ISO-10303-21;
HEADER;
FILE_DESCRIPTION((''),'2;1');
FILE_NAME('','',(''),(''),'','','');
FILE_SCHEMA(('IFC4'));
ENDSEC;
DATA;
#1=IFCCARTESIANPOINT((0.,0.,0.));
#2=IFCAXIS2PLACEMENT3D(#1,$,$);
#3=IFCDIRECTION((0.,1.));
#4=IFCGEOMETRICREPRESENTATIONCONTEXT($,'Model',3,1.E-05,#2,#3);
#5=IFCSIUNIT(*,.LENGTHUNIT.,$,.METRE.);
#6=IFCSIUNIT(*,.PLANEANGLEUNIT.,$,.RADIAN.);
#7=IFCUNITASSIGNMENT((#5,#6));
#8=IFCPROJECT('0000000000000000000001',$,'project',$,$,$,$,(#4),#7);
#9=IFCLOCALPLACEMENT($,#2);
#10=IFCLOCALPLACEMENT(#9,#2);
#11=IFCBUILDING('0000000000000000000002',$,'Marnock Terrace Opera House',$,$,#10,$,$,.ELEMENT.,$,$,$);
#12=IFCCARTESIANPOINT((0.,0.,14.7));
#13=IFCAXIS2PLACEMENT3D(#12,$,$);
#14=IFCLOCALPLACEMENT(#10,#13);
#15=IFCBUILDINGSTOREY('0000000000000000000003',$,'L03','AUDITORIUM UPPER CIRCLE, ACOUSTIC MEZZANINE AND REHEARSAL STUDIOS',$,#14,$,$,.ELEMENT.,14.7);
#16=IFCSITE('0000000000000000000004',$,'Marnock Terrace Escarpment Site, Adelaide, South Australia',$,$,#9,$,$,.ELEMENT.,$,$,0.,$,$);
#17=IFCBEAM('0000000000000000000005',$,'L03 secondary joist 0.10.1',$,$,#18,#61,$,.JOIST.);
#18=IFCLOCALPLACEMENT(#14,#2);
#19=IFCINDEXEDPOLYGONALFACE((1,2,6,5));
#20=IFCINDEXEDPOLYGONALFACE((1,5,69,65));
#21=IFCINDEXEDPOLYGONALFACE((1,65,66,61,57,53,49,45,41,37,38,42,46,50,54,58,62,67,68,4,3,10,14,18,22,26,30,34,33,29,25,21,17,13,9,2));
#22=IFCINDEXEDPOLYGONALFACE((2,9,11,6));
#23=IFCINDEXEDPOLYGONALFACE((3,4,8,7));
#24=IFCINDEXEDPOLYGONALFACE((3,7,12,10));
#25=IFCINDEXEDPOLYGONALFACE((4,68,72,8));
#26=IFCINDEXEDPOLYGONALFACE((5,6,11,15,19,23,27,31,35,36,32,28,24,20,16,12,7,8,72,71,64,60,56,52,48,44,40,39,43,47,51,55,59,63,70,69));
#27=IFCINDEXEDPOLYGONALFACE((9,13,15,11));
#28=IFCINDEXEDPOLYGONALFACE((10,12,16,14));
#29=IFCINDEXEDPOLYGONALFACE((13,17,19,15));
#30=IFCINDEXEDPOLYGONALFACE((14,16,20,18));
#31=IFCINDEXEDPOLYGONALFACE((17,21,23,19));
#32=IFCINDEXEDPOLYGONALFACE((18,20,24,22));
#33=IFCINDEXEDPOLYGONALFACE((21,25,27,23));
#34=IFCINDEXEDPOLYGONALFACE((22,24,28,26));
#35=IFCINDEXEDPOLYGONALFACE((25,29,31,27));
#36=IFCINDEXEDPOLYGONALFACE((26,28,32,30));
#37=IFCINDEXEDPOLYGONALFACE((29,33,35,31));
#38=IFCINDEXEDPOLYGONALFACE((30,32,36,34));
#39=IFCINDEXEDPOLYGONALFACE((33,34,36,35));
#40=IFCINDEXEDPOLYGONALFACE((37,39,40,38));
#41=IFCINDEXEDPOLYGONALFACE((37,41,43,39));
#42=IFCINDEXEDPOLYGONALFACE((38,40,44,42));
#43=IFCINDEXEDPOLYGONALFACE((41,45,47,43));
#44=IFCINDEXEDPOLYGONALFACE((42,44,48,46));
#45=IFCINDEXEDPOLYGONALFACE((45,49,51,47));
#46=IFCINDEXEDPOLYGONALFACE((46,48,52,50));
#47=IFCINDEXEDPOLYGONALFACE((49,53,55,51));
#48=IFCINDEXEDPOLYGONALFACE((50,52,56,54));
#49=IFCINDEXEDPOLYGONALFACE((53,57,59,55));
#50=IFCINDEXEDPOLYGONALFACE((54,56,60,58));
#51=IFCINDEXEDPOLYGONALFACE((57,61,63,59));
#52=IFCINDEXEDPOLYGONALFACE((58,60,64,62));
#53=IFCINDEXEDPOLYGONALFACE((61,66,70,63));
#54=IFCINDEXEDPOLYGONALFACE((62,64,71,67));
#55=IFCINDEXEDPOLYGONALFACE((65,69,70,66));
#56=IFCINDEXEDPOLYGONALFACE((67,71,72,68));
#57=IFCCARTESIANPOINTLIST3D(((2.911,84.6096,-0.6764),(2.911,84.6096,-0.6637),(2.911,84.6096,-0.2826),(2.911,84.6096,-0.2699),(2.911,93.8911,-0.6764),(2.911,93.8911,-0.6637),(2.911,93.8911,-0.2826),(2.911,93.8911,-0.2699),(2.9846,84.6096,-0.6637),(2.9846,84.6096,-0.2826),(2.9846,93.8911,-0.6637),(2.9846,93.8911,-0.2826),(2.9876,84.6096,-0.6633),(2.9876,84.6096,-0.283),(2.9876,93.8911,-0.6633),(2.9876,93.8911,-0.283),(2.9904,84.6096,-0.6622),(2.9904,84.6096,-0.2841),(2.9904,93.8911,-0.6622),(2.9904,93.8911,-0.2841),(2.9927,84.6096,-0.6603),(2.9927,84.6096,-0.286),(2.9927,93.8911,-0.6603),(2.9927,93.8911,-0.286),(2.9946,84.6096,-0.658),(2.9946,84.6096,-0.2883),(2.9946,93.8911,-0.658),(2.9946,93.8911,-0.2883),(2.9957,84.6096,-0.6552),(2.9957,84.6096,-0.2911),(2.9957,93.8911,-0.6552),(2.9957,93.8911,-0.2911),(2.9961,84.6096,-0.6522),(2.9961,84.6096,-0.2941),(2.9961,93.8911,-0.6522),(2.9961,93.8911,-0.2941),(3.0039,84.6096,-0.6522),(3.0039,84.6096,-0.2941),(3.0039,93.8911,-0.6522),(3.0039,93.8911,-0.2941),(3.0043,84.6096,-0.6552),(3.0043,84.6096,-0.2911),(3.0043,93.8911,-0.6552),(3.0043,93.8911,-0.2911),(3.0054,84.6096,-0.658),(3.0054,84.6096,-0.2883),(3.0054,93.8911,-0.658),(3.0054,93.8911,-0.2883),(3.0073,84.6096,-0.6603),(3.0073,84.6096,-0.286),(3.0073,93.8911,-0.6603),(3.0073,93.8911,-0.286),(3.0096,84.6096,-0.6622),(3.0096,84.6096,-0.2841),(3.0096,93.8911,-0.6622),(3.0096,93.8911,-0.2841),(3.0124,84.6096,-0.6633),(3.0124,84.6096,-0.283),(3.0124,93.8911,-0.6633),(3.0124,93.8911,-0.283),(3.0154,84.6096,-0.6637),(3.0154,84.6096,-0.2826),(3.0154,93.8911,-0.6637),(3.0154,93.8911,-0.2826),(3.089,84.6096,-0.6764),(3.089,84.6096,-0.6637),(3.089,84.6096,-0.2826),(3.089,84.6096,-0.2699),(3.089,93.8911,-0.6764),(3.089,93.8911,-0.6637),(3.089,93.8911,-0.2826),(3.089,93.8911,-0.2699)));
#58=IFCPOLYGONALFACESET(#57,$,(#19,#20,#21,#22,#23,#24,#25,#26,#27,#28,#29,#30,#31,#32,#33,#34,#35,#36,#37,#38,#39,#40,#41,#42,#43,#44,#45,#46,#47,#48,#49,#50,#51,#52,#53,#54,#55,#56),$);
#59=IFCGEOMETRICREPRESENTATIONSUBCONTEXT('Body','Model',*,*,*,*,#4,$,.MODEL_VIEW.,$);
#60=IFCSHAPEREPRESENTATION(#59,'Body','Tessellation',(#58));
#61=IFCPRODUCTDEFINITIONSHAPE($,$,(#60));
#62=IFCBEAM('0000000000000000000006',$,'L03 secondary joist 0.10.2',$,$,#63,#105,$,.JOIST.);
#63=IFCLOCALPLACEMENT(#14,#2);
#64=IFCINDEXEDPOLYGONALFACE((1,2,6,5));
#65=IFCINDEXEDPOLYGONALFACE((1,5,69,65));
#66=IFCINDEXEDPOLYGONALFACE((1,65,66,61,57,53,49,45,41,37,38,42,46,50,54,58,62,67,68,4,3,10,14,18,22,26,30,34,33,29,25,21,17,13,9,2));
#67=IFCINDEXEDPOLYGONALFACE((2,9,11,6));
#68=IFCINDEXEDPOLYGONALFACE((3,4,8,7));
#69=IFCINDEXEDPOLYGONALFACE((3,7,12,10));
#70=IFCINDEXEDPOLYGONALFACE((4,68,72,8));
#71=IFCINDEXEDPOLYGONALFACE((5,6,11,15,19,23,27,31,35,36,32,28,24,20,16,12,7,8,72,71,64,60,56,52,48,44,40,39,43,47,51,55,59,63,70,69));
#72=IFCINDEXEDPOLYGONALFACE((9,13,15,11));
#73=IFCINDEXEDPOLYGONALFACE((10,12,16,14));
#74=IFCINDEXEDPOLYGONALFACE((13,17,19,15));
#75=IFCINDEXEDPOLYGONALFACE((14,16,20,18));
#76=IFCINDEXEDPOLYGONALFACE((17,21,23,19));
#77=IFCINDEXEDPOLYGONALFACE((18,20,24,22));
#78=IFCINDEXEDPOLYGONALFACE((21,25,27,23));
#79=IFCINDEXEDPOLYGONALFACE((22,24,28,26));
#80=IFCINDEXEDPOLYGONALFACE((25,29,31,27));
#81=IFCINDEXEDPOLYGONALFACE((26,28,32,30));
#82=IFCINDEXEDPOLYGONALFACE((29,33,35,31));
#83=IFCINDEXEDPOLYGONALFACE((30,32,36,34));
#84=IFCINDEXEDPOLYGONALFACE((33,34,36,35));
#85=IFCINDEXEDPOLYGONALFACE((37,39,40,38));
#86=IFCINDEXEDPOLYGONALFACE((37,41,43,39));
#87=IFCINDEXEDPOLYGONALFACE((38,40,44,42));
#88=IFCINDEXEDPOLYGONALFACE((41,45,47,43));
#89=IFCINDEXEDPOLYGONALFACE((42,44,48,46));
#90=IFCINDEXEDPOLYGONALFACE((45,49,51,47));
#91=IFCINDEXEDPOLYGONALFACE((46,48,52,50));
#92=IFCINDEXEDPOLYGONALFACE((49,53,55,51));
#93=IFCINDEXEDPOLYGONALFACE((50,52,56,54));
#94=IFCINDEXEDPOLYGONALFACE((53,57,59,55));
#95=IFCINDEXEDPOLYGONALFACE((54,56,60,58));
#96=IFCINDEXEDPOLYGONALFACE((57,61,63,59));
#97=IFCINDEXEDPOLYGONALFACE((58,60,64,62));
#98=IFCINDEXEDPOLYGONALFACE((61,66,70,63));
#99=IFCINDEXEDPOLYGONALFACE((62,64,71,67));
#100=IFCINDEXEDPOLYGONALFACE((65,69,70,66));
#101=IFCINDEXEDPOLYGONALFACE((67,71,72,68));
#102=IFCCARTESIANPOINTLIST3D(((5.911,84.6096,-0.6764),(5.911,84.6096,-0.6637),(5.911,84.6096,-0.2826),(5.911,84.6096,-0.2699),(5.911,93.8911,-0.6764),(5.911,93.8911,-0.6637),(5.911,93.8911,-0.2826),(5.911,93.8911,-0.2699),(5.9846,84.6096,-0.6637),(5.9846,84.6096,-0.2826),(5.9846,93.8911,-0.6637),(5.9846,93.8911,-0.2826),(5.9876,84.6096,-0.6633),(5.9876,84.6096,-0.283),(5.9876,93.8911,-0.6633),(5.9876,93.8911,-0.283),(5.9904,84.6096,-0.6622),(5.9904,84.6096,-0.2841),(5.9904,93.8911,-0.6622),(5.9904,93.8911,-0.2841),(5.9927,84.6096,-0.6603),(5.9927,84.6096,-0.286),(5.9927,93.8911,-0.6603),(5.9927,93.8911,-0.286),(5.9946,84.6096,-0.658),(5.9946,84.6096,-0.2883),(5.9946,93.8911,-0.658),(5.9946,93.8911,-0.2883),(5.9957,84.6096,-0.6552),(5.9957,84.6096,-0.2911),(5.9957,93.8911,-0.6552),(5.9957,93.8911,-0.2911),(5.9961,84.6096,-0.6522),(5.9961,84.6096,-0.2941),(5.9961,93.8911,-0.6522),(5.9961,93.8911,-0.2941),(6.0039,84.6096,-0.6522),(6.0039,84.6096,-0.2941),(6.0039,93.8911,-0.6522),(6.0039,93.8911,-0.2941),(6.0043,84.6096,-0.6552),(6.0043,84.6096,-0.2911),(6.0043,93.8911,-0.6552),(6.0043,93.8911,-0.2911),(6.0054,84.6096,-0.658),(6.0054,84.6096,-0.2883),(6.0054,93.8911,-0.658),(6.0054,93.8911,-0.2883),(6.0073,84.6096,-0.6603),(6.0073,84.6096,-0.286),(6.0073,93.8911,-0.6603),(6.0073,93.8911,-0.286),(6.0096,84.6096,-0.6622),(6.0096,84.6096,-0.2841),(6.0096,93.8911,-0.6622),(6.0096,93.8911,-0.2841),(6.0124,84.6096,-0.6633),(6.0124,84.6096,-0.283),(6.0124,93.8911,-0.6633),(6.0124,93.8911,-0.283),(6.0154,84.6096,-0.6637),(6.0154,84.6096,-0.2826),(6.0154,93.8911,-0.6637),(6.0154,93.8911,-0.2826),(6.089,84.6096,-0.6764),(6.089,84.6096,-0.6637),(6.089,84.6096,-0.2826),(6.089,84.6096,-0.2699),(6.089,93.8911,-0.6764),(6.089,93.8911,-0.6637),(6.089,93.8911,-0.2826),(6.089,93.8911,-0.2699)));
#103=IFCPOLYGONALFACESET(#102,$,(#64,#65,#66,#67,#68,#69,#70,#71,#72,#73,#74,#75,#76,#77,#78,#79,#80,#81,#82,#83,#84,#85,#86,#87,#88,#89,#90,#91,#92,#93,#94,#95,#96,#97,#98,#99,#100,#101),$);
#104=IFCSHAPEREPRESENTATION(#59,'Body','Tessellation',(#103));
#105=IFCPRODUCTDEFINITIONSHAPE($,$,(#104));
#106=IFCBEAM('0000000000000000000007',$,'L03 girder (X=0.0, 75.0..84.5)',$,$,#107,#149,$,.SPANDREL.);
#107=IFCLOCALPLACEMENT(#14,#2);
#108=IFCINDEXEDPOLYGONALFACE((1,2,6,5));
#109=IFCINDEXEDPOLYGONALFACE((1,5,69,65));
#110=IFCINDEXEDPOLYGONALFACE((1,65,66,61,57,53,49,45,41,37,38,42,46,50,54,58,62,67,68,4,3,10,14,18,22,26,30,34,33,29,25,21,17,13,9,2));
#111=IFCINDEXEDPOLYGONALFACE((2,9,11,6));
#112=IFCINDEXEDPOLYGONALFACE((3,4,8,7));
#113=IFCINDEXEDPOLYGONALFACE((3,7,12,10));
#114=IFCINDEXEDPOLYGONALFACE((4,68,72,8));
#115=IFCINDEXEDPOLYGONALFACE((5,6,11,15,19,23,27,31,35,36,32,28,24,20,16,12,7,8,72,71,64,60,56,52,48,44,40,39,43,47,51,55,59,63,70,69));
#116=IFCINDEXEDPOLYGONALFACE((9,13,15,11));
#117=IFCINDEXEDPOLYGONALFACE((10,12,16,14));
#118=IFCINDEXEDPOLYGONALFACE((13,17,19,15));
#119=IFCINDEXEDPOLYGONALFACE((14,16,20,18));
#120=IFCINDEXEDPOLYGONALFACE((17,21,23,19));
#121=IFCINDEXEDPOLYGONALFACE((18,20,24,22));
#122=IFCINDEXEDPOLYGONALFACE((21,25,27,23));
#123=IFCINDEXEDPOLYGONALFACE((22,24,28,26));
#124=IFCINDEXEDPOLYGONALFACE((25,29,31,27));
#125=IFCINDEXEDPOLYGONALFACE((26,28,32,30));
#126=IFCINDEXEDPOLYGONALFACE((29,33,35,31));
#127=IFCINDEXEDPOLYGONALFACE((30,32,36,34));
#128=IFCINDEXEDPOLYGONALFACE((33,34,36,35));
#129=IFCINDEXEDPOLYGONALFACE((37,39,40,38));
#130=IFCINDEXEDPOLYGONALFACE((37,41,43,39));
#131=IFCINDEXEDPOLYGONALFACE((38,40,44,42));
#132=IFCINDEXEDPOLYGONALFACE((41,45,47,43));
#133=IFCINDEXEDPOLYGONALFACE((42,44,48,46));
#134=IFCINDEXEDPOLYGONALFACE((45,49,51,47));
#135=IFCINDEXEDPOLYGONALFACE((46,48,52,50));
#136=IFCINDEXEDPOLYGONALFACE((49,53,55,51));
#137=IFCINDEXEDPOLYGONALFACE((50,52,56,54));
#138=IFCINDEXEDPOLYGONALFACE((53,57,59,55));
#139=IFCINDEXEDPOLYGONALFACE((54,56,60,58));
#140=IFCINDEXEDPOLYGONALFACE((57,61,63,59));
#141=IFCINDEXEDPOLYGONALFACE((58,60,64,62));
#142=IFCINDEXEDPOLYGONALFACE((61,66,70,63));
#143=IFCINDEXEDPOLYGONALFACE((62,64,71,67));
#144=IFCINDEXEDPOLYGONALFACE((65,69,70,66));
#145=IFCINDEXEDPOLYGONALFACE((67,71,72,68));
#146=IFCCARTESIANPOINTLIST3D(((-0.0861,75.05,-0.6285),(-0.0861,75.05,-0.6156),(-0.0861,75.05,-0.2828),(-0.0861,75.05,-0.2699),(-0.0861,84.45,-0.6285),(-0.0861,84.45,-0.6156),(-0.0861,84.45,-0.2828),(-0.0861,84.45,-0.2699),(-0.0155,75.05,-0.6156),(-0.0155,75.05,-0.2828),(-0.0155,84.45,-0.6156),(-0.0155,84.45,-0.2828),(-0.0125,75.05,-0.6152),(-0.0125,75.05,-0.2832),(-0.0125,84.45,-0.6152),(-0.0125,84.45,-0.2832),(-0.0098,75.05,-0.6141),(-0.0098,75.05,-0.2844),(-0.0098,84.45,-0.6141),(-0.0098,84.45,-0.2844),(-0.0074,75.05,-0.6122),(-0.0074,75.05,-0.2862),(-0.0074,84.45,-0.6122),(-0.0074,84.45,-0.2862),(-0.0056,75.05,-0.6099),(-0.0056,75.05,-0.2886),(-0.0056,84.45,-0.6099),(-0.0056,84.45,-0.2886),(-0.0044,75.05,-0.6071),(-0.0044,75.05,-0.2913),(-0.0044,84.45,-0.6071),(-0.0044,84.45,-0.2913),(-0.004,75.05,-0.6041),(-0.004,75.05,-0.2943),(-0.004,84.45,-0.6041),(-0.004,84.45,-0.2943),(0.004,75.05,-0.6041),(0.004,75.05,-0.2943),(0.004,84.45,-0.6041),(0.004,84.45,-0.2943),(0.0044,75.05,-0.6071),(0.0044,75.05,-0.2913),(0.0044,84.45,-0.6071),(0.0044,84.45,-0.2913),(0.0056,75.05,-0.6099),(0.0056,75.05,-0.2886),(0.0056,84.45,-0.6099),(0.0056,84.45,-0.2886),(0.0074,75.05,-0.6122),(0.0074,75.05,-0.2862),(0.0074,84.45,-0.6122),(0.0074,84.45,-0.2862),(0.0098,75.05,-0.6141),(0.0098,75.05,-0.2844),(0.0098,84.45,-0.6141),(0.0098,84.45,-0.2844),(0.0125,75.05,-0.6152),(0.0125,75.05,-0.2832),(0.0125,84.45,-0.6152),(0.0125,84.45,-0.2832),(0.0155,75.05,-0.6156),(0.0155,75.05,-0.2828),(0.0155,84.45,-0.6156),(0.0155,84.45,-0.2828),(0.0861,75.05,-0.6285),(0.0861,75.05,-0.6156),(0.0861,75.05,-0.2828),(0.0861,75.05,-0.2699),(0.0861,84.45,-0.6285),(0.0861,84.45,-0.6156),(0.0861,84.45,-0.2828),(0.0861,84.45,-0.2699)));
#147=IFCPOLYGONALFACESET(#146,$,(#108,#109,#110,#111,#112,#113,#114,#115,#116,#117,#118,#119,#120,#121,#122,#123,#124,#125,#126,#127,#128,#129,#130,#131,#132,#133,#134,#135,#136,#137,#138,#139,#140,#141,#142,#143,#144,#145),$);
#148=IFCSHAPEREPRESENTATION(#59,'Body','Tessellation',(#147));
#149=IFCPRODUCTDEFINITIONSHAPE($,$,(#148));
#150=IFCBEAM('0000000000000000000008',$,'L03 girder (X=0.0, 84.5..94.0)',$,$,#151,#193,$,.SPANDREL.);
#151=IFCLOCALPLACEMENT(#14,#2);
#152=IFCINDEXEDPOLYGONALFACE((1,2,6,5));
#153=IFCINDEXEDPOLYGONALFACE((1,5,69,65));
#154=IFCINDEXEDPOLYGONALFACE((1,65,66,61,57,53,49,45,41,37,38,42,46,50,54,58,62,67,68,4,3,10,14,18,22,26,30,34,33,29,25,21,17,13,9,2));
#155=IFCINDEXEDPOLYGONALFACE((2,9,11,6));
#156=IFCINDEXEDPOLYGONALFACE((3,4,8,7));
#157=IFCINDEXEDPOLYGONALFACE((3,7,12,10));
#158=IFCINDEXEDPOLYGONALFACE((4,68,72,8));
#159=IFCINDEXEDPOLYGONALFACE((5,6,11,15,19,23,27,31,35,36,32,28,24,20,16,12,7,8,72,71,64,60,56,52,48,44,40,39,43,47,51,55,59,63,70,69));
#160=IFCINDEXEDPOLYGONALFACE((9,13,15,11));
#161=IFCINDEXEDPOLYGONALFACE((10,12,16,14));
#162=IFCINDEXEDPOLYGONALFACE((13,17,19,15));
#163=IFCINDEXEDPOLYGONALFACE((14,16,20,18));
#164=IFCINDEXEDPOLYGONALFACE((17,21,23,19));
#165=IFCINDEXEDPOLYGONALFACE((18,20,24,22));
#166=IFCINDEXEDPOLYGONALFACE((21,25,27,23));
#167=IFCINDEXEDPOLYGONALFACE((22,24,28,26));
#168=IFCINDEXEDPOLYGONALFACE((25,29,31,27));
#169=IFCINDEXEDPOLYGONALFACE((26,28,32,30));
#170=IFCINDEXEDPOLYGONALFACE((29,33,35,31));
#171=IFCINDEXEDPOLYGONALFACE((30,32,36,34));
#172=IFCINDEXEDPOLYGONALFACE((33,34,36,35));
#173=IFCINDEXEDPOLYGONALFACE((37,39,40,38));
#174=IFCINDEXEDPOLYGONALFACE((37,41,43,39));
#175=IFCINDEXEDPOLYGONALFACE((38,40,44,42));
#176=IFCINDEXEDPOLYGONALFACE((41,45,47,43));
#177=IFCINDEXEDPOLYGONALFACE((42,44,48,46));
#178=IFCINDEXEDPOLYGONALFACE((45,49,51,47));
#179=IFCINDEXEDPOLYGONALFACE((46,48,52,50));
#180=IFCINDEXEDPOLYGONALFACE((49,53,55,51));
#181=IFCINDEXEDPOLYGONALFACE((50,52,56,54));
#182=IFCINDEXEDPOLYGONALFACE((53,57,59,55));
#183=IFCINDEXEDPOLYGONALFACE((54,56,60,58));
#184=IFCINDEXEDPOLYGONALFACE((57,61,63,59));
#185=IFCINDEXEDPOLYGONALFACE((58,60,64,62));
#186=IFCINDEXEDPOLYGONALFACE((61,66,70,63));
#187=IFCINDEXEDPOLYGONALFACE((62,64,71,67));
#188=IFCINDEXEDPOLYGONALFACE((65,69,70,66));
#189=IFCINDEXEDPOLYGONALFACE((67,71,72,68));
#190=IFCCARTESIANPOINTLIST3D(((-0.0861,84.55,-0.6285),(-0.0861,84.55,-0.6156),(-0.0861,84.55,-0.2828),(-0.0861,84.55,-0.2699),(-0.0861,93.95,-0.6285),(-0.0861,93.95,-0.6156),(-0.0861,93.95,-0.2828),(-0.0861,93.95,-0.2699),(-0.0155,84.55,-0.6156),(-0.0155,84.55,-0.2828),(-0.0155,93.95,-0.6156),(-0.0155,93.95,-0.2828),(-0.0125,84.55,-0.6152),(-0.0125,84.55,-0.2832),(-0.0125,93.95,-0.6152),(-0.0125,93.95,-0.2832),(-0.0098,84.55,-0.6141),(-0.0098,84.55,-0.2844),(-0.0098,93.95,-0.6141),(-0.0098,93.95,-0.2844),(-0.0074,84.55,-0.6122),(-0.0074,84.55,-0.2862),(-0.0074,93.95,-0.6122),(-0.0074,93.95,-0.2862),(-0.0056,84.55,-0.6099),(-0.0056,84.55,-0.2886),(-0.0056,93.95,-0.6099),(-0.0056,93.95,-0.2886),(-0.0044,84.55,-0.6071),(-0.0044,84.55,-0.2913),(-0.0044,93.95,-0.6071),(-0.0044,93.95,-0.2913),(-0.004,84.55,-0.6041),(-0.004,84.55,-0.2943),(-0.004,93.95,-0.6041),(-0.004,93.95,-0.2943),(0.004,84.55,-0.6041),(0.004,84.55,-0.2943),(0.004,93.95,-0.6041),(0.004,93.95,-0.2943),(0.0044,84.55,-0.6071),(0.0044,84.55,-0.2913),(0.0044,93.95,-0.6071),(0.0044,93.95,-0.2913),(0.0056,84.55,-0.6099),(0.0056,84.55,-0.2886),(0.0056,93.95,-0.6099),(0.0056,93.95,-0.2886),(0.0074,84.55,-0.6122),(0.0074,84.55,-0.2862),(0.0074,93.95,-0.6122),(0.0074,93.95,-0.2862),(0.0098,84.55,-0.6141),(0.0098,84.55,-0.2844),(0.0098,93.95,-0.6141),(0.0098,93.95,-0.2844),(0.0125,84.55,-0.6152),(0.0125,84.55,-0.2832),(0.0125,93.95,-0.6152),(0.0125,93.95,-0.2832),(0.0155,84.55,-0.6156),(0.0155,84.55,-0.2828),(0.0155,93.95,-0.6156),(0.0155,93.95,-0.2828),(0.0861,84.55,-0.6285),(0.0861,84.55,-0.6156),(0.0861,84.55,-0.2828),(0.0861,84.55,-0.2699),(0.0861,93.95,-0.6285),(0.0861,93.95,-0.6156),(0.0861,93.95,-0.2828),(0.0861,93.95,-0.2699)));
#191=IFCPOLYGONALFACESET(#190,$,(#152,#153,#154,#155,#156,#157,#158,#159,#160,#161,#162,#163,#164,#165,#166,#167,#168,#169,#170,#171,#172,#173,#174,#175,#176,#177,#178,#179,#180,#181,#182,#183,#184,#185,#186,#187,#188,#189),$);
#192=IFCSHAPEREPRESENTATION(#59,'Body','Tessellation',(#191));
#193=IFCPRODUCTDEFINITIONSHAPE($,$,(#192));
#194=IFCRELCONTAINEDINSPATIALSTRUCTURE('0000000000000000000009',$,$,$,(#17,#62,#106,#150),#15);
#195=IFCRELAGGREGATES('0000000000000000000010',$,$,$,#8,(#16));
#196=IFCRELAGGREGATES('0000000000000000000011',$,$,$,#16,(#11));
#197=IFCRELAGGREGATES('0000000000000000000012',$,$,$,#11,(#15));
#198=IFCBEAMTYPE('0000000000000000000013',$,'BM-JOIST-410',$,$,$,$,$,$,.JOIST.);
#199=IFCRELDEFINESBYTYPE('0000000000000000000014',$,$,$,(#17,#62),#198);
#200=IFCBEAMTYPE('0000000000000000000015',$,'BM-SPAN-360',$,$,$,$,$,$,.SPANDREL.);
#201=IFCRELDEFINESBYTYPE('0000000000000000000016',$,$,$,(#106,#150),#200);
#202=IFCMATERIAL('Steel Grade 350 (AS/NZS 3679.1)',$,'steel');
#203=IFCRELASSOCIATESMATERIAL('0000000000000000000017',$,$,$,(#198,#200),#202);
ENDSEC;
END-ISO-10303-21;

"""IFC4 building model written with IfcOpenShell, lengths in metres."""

from ifc_helpers import new_model, si_unit, direction, frame, origin, origin_2d, place, context, subcontext, project, spatial, i_section, extrude, material, material_profile, profile_set, type_object, element, save


model = new_model("IFC4")

# Units and contexts
model_context = context("Model", 3, precision=1e-05, world=origin(), true_north=direction((0.0, 1.0)))
body_context = subcontext(model_context, "Body", "Model", "MODEL_VIEW")
ifc_project = project(units=[si_unit("LENGTHUNIT", "METRE"), si_unit("PLANEANGLEUNIT", "RADIAN")], contexts=[model_context])

# Site, building, storey
site_placement = place(None, origin())
site = spatial("IfcSite", under=ifc_project, at=site_placement, Name="Marnock Terrace Escarpment Site, Adelaide, South Australia", CompositionType="ELEMENT", RefElevation=0.0)
building_placement = place(site_placement, origin())
building = spatial("IfcBuilding", under=site, at=building_placement, Name="Marnock Terrace Opera House", CompositionType="ELEMENT")
storey_placement = place(building_placement, frame((0.0, 0.0, 14.7)))
storey = spatial("IfcBuildingStorey", under=building, at=storey_placement, Name="L03", Description="AUDITORIUM UPPER CIRCLE, ACOUSTIC MEZZANINE AND REHEARSAL STUDIOS", CompositionType="ELEMENT", Elevation=14.7)

# Beams
ifc_material = material(Name="Steel Grade 350 (AS/NZS 3679.1)", Category="steel")
ifc_material_profile_1 = material_profile(ifc_material, i_section(OverallWidth=0.178, OverallDepth=0.4065, WebThickness=0.0078, FlangeThickness=0.0127, FilletRadius=0.0115, at=origin_2d()))
ifc_profile_set_1 = profile_set([ifc_material_profile_1], Name="Steel Grade 350 (AS/NZS 3679.1)")
beam_type_1 = type_object("IfcBeamType", Name="BM-JOIST-410", PredefinedType="JOIST", material=ifc_profile_set_1)
for number, where, z_axis, x_axis, name in (
    (1, (3.0, 84.6096, -0.4731), (0.0, 1.0, 0.0), (-1.0, 0.0, 0.0), "L03 secondary joist 0.10.1"),
    (2, (6.0, 84.6096, -0.4731), (0.0, 1.0, 0.0), (-1.0, 0.0, 0.0), "L03 secondary joist 0.10.2"),
):
    element("IfcBeam", number, at=place(storey_placement, frame(where, z_axis=z_axis, x_axis=x_axis)), inside=storey, type_object=beam_type_1, Name=name, PredefinedType="JOIST", context=body_context, shape_type="SweptSolid", body=[
        extrude(i_section(OverallWidth=0.178, OverallDepth=0.4065, WebThickness=0.0078, FlangeThickness=0.0127, FilletRadius=0.0115, at=origin_2d()), origin(), (0.0, 0.0, 1.0), 9.2815),
    ])
ifc_material_profile_2 = material_profile(ifc_material, i_section(OverallWidth=0.1721, OverallDepth=0.3586, WebThickness=0.0081, FlangeThickness=0.0129, FilletRadius=0.0115, at=origin_2d()))
ifc_profile_set_2 = profile_set([ifc_material_profile_2], Name="Steel Grade 350 (AS/NZS 3679.1)")
beam_type_2 = type_object("IfcBeamType", Name="BM-SPAN-360", PredefinedType="SPANDREL", material=ifc_profile_set_2)
for number, where, z_axis, x_axis, name in (
    (3, (0.0, 75.05, -0.4492), (0.0, 1.0, 0.0), (-1.0, 0.0, 0.0), "L03 girder (X=0.0, 75.0..84.5)"),
    (4, (0.0, 84.55, -0.4492), (0.0, 1.0, 0.0), (-1.0, 0.0, 0.0), "L03 girder (X=0.0, 84.5..94.0)"),
):
    element("IfcBeam", number, at=place(storey_placement, frame(where, z_axis=z_axis, x_axis=x_axis)), inside=storey, type_object=beam_type_2, Name=name, PredefinedType="SPANDREL", context=body_context, shape_type="SweptSolid", body=[
        extrude(i_section(OverallWidth=0.1721, OverallDepth=0.3586, WebThickness=0.0081, FlangeThickness=0.0129, FilletRadius=0.0115, at=origin_2d()), origin(), (0.0, 0.0, 1.0), 9.3999),
    ])

save(model, "model.ifc")
